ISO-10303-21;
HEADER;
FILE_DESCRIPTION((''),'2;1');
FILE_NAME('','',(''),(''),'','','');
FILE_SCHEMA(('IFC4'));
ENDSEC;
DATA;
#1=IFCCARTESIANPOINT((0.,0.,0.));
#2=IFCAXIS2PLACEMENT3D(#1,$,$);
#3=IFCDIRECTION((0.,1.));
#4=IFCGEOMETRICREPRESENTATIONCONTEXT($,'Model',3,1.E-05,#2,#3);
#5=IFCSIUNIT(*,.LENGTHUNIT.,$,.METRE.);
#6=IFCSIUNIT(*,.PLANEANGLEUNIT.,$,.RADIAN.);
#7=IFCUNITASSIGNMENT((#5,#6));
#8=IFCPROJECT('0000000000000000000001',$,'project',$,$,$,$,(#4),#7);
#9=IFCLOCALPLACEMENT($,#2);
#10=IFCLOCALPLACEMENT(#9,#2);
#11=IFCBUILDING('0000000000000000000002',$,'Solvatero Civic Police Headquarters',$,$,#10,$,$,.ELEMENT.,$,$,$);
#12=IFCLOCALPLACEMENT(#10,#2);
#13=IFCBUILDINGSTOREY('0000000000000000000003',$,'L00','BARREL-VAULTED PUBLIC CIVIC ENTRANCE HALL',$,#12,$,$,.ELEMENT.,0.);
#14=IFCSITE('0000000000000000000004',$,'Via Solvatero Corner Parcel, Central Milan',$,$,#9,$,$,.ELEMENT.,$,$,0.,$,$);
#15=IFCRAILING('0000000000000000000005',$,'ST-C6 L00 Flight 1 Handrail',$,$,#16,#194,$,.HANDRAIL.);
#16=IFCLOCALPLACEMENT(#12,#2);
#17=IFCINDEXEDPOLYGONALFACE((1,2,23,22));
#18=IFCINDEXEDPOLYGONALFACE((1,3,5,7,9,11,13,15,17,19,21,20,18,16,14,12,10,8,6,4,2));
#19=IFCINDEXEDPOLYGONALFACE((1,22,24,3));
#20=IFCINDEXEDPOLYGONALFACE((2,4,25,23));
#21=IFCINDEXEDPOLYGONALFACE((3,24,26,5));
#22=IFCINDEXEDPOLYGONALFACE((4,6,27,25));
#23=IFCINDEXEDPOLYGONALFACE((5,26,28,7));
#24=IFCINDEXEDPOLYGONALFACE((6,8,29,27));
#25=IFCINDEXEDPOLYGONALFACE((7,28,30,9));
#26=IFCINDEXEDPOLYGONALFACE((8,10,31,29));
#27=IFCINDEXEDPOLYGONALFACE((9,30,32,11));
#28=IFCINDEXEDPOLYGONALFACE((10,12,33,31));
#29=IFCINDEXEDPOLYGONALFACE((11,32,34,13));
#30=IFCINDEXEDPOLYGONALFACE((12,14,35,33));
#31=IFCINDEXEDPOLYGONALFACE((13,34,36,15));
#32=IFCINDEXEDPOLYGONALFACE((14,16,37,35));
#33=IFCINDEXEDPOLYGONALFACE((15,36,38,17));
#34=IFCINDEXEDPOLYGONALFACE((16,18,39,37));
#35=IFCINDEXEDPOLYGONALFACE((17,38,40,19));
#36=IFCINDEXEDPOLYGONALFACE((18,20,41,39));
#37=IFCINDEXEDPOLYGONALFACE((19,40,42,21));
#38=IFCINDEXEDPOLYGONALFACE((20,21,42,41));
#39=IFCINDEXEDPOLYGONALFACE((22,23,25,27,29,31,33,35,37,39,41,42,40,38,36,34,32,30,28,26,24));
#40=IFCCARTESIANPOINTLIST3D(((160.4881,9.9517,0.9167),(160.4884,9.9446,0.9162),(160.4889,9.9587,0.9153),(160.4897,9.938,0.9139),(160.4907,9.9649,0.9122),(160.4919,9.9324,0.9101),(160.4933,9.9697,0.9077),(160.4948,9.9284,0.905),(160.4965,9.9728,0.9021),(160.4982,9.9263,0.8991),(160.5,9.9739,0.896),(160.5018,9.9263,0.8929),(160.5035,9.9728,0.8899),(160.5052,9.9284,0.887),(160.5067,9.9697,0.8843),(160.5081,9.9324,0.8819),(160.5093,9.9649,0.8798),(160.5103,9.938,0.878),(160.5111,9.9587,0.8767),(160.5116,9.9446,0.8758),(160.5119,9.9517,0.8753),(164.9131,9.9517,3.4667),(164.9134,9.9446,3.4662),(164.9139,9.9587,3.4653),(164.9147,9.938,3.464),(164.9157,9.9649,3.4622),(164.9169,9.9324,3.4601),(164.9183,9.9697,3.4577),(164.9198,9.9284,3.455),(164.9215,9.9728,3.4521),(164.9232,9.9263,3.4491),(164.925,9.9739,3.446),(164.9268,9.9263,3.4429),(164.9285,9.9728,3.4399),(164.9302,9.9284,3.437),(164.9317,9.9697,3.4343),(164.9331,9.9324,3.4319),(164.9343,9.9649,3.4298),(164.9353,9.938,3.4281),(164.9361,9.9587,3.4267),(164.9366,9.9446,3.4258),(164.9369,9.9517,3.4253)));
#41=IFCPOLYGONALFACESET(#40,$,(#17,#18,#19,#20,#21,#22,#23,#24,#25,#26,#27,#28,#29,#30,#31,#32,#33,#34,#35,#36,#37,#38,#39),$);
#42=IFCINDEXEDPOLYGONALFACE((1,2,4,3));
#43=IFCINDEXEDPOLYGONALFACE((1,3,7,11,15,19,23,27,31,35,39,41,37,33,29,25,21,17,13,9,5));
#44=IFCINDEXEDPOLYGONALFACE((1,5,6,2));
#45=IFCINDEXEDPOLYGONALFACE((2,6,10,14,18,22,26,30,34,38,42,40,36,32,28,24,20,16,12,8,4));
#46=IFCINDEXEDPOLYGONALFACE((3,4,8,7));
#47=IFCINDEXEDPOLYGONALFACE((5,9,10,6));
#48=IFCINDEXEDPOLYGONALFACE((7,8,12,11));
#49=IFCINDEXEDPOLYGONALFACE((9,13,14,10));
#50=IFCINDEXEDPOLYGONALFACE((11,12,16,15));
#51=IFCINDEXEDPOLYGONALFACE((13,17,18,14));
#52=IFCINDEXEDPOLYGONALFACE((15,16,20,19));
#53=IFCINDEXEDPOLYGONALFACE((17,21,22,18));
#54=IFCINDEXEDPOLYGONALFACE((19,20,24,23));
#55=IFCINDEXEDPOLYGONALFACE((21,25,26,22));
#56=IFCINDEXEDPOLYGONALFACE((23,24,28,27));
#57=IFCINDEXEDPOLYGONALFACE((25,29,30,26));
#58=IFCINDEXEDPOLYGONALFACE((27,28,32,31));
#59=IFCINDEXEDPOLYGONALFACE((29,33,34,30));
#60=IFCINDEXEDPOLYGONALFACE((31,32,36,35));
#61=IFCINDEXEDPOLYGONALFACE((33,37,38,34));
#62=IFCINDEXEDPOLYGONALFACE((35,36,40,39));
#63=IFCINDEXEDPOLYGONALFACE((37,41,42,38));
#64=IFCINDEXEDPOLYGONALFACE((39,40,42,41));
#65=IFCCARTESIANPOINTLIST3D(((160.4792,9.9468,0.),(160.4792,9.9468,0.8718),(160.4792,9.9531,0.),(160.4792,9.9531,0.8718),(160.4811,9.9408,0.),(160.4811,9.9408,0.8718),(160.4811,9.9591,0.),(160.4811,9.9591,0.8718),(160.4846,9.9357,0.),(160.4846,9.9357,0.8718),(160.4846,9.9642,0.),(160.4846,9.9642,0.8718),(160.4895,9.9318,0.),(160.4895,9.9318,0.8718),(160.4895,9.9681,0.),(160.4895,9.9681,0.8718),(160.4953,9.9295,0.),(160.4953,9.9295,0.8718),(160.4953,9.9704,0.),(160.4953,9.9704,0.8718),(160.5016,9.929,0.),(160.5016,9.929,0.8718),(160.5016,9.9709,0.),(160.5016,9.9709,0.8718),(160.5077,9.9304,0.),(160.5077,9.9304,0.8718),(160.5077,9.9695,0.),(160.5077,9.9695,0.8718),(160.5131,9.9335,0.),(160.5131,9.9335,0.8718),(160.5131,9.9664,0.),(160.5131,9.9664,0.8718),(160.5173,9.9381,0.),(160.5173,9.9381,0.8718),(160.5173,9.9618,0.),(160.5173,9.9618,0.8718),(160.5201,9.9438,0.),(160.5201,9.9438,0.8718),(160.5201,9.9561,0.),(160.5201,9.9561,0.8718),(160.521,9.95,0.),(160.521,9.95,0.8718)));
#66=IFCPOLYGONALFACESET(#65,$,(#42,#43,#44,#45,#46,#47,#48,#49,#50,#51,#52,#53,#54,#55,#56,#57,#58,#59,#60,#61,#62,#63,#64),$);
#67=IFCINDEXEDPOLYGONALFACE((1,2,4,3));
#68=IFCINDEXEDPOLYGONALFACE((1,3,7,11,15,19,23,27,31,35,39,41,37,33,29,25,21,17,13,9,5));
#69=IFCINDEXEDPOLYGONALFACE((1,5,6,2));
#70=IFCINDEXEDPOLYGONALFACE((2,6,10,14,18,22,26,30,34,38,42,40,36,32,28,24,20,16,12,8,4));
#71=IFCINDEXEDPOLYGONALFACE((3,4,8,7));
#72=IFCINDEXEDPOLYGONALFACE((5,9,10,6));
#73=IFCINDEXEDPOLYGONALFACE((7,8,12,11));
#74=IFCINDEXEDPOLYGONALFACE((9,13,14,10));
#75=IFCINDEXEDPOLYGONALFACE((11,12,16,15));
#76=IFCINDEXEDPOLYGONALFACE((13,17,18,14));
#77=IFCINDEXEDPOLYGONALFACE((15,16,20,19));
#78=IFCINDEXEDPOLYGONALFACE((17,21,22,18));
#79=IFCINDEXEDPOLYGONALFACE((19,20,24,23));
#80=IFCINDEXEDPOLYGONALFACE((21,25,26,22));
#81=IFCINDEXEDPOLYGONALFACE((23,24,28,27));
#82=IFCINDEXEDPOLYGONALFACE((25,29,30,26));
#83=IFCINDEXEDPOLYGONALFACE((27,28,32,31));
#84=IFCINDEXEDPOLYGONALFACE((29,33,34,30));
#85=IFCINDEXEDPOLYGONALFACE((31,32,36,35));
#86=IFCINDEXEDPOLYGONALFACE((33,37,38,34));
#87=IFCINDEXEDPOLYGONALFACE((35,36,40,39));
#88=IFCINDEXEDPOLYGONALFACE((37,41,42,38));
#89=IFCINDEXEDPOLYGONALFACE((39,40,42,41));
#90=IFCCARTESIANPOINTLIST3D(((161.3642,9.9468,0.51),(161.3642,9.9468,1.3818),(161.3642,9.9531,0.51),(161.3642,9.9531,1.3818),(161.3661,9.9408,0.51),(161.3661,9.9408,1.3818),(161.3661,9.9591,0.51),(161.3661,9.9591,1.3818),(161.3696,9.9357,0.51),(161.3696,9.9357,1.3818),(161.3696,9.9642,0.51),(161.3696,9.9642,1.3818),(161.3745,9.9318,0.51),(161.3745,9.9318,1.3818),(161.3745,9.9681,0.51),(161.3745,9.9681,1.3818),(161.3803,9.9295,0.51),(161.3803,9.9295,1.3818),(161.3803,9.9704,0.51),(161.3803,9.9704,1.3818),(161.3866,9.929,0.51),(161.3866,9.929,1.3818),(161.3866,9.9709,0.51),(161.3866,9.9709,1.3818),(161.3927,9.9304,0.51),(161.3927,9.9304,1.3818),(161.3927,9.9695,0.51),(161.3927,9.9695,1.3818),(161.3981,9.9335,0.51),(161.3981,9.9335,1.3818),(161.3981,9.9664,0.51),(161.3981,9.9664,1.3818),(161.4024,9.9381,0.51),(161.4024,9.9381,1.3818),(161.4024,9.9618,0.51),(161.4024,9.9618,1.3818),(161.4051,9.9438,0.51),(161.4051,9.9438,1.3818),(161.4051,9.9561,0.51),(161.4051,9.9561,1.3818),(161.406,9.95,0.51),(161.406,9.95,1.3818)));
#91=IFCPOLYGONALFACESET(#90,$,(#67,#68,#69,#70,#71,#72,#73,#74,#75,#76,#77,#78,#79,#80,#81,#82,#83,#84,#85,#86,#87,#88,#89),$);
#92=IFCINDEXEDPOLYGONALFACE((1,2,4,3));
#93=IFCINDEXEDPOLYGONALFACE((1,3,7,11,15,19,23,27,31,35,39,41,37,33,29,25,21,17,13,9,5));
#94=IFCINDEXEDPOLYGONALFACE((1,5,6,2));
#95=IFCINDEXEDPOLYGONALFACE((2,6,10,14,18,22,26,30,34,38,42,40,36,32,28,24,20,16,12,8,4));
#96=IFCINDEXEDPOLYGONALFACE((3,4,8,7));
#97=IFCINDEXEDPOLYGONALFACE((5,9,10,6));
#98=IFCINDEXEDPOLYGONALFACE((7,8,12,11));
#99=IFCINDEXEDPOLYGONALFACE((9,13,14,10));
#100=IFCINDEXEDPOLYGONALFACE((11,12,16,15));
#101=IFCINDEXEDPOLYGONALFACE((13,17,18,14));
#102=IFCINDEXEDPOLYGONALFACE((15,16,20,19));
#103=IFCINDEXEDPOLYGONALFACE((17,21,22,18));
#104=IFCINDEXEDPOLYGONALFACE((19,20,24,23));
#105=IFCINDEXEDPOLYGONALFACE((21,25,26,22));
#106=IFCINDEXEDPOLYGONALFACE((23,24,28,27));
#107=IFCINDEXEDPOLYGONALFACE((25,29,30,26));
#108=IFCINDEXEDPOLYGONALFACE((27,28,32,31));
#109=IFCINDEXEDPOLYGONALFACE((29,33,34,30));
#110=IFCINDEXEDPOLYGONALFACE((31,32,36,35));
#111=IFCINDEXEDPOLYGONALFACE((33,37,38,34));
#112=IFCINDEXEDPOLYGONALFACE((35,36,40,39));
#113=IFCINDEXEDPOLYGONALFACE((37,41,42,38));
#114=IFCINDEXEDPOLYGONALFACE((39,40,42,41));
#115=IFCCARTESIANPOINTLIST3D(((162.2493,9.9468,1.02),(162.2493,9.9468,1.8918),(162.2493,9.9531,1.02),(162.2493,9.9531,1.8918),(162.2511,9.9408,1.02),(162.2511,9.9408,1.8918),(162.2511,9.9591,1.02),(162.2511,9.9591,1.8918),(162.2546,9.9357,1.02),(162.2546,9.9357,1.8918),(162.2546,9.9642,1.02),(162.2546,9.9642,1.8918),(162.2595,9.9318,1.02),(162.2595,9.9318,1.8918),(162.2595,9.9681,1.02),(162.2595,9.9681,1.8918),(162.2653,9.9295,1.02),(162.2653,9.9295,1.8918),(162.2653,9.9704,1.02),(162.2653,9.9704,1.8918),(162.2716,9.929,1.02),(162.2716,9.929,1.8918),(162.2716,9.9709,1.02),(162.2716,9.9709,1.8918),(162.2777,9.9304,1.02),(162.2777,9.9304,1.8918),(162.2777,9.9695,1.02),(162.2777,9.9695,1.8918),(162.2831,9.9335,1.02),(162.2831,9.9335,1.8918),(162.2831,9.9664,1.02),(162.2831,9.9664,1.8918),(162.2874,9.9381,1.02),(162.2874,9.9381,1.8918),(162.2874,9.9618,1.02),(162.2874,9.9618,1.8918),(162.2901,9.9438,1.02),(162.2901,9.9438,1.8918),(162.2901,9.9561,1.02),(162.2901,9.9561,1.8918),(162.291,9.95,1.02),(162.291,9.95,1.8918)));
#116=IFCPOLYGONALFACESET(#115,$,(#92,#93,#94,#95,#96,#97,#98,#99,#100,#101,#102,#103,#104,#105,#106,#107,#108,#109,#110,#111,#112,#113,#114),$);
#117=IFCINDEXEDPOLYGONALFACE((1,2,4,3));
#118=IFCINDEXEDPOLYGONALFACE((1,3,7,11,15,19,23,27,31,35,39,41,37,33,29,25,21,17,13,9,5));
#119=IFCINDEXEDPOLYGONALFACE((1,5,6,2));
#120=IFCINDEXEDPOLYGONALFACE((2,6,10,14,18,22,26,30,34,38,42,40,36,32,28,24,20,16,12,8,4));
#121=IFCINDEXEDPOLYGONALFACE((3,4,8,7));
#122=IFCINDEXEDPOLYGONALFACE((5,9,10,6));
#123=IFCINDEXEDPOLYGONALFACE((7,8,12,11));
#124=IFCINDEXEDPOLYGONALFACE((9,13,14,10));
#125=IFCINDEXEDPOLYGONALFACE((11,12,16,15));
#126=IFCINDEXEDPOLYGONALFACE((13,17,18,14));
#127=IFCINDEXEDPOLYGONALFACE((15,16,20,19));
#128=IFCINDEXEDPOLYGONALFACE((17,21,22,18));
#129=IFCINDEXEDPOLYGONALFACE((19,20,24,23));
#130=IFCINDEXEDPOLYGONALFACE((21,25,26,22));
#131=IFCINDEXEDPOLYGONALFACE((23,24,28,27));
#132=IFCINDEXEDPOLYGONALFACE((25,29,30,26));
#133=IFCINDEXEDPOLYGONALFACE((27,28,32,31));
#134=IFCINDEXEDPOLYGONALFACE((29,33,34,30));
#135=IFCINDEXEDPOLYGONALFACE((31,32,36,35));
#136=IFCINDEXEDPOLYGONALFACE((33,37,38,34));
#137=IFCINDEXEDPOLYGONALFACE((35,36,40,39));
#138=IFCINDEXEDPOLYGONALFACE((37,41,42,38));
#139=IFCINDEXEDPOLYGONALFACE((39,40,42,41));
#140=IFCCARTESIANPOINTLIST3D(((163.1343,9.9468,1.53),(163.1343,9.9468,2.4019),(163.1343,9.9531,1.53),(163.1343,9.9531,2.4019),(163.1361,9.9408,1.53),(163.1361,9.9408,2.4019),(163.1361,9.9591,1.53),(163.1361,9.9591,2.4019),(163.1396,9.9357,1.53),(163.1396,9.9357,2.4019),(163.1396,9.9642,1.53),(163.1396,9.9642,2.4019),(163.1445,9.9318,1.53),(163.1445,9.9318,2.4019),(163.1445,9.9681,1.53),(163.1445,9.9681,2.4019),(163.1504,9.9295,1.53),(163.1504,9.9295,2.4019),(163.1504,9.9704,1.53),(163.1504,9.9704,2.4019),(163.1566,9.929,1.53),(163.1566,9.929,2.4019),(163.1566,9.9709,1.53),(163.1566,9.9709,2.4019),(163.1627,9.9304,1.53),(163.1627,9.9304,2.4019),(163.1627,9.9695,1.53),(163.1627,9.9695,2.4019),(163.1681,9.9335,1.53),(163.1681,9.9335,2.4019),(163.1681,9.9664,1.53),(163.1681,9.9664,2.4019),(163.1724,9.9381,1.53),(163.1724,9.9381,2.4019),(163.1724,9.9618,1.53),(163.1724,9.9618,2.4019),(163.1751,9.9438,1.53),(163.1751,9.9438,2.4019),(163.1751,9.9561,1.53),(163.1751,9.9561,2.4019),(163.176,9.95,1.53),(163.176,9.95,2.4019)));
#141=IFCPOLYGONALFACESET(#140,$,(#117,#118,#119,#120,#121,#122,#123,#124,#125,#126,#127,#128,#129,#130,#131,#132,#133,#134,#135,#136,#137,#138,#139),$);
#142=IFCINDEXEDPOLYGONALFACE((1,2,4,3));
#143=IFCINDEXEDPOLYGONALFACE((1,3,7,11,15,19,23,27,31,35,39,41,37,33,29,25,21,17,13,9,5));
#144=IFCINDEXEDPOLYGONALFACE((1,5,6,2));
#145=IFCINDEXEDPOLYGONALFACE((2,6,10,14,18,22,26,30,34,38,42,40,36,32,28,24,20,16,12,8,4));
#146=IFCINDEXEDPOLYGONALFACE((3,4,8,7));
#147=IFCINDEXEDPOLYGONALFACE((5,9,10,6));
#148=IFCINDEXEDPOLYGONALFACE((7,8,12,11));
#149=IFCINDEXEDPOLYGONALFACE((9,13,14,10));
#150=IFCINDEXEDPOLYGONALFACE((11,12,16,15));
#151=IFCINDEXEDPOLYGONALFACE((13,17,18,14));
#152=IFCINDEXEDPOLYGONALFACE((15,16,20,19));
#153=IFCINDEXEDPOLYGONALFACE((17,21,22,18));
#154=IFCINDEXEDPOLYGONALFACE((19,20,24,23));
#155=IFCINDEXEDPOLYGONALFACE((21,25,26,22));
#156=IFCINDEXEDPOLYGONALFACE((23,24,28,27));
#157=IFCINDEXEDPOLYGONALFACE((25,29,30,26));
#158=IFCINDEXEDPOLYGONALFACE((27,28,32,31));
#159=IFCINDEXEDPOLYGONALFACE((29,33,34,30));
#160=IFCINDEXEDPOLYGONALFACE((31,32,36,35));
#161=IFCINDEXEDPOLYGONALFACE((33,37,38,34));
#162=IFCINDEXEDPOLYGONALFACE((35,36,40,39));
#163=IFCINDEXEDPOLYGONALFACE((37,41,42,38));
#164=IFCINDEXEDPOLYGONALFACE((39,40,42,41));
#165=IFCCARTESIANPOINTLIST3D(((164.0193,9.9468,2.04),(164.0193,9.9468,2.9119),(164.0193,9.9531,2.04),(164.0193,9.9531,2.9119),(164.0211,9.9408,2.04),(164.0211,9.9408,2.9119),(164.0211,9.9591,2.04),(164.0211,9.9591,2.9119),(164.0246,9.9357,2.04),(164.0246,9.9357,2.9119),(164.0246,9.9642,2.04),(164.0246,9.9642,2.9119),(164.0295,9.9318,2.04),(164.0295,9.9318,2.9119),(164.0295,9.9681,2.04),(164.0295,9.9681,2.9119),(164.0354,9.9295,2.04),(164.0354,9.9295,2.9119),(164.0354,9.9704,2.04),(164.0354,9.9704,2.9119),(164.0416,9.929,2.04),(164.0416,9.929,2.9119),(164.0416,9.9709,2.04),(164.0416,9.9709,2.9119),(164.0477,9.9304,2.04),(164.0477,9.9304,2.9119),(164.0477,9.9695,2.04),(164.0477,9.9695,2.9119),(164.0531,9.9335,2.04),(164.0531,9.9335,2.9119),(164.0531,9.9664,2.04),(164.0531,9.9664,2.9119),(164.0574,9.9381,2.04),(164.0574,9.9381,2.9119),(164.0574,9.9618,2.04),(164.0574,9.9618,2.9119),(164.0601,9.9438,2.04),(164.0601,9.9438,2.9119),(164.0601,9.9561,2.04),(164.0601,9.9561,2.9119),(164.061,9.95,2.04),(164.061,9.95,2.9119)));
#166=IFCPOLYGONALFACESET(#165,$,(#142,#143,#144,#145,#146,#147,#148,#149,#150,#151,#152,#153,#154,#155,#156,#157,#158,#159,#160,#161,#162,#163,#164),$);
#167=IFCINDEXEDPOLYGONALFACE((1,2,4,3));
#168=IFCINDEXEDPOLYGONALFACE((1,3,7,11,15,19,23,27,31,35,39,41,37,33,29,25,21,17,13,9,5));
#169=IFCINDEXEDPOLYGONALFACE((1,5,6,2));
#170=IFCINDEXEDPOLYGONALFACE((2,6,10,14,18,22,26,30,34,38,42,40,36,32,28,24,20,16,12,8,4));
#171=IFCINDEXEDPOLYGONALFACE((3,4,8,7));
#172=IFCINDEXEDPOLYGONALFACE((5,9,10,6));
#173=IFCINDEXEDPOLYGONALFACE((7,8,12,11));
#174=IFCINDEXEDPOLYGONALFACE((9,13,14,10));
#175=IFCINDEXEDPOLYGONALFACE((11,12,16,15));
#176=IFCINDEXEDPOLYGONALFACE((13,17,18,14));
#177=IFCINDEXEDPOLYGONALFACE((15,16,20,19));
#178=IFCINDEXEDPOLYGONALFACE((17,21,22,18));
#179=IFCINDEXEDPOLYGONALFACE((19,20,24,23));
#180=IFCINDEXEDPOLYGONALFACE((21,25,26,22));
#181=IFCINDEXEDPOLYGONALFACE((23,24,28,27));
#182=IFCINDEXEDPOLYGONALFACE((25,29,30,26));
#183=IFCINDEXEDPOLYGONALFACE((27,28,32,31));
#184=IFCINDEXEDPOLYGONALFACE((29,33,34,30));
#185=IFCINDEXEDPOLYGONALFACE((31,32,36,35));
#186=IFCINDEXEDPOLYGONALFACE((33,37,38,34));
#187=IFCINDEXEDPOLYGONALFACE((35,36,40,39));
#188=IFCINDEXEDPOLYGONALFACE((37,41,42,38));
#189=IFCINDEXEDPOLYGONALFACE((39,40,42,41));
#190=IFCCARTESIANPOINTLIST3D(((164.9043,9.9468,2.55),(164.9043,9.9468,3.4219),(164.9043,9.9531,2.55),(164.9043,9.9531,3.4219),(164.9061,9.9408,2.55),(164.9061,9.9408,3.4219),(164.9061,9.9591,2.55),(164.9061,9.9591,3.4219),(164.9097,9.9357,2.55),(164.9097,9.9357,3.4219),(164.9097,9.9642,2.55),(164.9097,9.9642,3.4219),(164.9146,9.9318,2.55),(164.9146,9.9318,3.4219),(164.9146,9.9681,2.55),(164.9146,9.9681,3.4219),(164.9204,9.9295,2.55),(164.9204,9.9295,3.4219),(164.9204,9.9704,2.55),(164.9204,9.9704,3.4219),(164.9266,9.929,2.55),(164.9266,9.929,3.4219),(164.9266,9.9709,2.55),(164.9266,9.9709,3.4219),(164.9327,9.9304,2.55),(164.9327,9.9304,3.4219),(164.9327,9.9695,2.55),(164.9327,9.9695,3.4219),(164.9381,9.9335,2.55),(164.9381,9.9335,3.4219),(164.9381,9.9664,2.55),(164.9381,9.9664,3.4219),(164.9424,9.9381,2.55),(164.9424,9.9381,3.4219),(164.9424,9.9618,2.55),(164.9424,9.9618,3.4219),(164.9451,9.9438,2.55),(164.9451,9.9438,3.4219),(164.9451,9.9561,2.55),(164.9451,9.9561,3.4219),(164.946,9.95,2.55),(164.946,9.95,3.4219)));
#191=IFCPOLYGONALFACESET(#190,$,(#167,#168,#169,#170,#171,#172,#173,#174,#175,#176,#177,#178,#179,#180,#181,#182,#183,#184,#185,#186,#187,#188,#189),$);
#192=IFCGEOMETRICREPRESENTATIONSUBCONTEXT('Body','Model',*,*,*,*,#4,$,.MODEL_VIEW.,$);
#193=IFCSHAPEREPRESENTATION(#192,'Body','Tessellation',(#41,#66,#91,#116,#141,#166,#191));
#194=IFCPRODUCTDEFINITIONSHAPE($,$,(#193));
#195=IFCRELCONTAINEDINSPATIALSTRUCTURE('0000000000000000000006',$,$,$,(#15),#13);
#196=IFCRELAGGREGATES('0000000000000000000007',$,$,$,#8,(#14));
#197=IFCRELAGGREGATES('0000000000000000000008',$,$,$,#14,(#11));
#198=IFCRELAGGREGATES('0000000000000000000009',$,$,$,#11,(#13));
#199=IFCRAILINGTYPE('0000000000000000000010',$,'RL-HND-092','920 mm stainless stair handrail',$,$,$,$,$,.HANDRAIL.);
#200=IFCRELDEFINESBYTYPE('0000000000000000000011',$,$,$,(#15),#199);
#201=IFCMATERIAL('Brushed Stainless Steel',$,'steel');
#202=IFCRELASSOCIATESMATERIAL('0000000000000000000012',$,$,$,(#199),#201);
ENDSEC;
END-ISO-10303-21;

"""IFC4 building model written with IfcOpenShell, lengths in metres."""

from ifc_helpers import new_model, si_unit, direction, frame, origin, origin_2d, place, context, subcontext, project, spatial, circle, extrude, material, type_object, element, save


model = new_model("IFC4")

# Units and contexts
model_context = context("Model", 3, precision=1e-05, world=origin(), true_north=direction((0.0, 1.0)))
body_context = subcontext(model_context, "Body", "Model", "MODEL_VIEW")
ifc_project = project(units=[si_unit("LENGTHUNIT", "METRE"), si_unit("PLANEANGLEUNIT", "RADIAN")], contexts=[model_context])

# Site, building, storey
site_placement = place(None, origin())
site = spatial("IfcSite", under=ifc_project, at=site_placement, Name="Via Solvatero Corner Parcel, Central Milan", CompositionType="ELEMENT", RefElevation=0.0)
building_placement = place(site_placement, origin())
building = spatial("IfcBuilding", under=site, at=building_placement, Name="Solvatero Civic Police Headquarters", CompositionType="ELEMENT")
storey_placement = place(building_placement, origin())
storey = spatial("IfcBuildingStorey", under=building, at=storey_placement, Name="L00", Description="BARREL-VAULTED PUBLIC CIVIC ENTRANCE HALL", CompositionType="ELEMENT", Elevation=0.0)

# Railing
ifc_material_1 = material(Name="Brushed Stainless Steel", Category="steel")
railing_type_1 = type_object("IfcRailingType", Name="RL-HND-092", Description="920 mm stainless stair handrail", PredefinedType="HANDRAIL", material=ifc_material_1)
railing_1_placement = place(storey_placement, frame((160.5, 9.95, 0.0)))
element("IfcRailing", 1, at=railing_1_placement, inside=storey, type_object=railing_type_1, Name="ST-C6 L00 Flight 1 Handrail", PredefinedType="HANDRAIL", context=body_context, shape_type="SweptSolid", body=[
    extrude(circle(Radius=0.0239, at=origin_2d()), frame((0.0, 0.0, 0.896), z_axis=(0.866428, 0.0, 0.499302), x_axis=(0.0, 1.0, 0.0)), (0.0, 0.0, 1.0), 5.1072),
    extrude(circle(Radius=0.021, at=origin_2d()), origin(), (0.0, 0.0, 1.0), 0.8718),
    extrude(circle(Radius=0.021, at=origin_2d()), frame((0.885, 0.0, 0.51)), (0.0, 0.0, 1.0), 0.8718),
    extrude(circle(Radius=0.021, at=origin_2d()), frame((1.77, 0.0, 1.02)), (0.0, 0.0, 1.0), 0.8718),
    extrude(circle(Radius=0.021, at=origin_2d()), frame((2.655, 0.0, 1.53)), (0.0, 0.0, 1.0), 0.8718),
    extrude(circle(Radius=0.021, at=origin_2d()), frame((3.54, 0.0, 2.04)), (0.0, 0.0, 1.0), 0.8718),
    extrude(circle(Radius=0.021, at=origin_2d()), frame((4.425, 0.0, 2.55)), (0.0, 0.0, 1.0), 0.8718),
])

save(model, "model.ifc")
